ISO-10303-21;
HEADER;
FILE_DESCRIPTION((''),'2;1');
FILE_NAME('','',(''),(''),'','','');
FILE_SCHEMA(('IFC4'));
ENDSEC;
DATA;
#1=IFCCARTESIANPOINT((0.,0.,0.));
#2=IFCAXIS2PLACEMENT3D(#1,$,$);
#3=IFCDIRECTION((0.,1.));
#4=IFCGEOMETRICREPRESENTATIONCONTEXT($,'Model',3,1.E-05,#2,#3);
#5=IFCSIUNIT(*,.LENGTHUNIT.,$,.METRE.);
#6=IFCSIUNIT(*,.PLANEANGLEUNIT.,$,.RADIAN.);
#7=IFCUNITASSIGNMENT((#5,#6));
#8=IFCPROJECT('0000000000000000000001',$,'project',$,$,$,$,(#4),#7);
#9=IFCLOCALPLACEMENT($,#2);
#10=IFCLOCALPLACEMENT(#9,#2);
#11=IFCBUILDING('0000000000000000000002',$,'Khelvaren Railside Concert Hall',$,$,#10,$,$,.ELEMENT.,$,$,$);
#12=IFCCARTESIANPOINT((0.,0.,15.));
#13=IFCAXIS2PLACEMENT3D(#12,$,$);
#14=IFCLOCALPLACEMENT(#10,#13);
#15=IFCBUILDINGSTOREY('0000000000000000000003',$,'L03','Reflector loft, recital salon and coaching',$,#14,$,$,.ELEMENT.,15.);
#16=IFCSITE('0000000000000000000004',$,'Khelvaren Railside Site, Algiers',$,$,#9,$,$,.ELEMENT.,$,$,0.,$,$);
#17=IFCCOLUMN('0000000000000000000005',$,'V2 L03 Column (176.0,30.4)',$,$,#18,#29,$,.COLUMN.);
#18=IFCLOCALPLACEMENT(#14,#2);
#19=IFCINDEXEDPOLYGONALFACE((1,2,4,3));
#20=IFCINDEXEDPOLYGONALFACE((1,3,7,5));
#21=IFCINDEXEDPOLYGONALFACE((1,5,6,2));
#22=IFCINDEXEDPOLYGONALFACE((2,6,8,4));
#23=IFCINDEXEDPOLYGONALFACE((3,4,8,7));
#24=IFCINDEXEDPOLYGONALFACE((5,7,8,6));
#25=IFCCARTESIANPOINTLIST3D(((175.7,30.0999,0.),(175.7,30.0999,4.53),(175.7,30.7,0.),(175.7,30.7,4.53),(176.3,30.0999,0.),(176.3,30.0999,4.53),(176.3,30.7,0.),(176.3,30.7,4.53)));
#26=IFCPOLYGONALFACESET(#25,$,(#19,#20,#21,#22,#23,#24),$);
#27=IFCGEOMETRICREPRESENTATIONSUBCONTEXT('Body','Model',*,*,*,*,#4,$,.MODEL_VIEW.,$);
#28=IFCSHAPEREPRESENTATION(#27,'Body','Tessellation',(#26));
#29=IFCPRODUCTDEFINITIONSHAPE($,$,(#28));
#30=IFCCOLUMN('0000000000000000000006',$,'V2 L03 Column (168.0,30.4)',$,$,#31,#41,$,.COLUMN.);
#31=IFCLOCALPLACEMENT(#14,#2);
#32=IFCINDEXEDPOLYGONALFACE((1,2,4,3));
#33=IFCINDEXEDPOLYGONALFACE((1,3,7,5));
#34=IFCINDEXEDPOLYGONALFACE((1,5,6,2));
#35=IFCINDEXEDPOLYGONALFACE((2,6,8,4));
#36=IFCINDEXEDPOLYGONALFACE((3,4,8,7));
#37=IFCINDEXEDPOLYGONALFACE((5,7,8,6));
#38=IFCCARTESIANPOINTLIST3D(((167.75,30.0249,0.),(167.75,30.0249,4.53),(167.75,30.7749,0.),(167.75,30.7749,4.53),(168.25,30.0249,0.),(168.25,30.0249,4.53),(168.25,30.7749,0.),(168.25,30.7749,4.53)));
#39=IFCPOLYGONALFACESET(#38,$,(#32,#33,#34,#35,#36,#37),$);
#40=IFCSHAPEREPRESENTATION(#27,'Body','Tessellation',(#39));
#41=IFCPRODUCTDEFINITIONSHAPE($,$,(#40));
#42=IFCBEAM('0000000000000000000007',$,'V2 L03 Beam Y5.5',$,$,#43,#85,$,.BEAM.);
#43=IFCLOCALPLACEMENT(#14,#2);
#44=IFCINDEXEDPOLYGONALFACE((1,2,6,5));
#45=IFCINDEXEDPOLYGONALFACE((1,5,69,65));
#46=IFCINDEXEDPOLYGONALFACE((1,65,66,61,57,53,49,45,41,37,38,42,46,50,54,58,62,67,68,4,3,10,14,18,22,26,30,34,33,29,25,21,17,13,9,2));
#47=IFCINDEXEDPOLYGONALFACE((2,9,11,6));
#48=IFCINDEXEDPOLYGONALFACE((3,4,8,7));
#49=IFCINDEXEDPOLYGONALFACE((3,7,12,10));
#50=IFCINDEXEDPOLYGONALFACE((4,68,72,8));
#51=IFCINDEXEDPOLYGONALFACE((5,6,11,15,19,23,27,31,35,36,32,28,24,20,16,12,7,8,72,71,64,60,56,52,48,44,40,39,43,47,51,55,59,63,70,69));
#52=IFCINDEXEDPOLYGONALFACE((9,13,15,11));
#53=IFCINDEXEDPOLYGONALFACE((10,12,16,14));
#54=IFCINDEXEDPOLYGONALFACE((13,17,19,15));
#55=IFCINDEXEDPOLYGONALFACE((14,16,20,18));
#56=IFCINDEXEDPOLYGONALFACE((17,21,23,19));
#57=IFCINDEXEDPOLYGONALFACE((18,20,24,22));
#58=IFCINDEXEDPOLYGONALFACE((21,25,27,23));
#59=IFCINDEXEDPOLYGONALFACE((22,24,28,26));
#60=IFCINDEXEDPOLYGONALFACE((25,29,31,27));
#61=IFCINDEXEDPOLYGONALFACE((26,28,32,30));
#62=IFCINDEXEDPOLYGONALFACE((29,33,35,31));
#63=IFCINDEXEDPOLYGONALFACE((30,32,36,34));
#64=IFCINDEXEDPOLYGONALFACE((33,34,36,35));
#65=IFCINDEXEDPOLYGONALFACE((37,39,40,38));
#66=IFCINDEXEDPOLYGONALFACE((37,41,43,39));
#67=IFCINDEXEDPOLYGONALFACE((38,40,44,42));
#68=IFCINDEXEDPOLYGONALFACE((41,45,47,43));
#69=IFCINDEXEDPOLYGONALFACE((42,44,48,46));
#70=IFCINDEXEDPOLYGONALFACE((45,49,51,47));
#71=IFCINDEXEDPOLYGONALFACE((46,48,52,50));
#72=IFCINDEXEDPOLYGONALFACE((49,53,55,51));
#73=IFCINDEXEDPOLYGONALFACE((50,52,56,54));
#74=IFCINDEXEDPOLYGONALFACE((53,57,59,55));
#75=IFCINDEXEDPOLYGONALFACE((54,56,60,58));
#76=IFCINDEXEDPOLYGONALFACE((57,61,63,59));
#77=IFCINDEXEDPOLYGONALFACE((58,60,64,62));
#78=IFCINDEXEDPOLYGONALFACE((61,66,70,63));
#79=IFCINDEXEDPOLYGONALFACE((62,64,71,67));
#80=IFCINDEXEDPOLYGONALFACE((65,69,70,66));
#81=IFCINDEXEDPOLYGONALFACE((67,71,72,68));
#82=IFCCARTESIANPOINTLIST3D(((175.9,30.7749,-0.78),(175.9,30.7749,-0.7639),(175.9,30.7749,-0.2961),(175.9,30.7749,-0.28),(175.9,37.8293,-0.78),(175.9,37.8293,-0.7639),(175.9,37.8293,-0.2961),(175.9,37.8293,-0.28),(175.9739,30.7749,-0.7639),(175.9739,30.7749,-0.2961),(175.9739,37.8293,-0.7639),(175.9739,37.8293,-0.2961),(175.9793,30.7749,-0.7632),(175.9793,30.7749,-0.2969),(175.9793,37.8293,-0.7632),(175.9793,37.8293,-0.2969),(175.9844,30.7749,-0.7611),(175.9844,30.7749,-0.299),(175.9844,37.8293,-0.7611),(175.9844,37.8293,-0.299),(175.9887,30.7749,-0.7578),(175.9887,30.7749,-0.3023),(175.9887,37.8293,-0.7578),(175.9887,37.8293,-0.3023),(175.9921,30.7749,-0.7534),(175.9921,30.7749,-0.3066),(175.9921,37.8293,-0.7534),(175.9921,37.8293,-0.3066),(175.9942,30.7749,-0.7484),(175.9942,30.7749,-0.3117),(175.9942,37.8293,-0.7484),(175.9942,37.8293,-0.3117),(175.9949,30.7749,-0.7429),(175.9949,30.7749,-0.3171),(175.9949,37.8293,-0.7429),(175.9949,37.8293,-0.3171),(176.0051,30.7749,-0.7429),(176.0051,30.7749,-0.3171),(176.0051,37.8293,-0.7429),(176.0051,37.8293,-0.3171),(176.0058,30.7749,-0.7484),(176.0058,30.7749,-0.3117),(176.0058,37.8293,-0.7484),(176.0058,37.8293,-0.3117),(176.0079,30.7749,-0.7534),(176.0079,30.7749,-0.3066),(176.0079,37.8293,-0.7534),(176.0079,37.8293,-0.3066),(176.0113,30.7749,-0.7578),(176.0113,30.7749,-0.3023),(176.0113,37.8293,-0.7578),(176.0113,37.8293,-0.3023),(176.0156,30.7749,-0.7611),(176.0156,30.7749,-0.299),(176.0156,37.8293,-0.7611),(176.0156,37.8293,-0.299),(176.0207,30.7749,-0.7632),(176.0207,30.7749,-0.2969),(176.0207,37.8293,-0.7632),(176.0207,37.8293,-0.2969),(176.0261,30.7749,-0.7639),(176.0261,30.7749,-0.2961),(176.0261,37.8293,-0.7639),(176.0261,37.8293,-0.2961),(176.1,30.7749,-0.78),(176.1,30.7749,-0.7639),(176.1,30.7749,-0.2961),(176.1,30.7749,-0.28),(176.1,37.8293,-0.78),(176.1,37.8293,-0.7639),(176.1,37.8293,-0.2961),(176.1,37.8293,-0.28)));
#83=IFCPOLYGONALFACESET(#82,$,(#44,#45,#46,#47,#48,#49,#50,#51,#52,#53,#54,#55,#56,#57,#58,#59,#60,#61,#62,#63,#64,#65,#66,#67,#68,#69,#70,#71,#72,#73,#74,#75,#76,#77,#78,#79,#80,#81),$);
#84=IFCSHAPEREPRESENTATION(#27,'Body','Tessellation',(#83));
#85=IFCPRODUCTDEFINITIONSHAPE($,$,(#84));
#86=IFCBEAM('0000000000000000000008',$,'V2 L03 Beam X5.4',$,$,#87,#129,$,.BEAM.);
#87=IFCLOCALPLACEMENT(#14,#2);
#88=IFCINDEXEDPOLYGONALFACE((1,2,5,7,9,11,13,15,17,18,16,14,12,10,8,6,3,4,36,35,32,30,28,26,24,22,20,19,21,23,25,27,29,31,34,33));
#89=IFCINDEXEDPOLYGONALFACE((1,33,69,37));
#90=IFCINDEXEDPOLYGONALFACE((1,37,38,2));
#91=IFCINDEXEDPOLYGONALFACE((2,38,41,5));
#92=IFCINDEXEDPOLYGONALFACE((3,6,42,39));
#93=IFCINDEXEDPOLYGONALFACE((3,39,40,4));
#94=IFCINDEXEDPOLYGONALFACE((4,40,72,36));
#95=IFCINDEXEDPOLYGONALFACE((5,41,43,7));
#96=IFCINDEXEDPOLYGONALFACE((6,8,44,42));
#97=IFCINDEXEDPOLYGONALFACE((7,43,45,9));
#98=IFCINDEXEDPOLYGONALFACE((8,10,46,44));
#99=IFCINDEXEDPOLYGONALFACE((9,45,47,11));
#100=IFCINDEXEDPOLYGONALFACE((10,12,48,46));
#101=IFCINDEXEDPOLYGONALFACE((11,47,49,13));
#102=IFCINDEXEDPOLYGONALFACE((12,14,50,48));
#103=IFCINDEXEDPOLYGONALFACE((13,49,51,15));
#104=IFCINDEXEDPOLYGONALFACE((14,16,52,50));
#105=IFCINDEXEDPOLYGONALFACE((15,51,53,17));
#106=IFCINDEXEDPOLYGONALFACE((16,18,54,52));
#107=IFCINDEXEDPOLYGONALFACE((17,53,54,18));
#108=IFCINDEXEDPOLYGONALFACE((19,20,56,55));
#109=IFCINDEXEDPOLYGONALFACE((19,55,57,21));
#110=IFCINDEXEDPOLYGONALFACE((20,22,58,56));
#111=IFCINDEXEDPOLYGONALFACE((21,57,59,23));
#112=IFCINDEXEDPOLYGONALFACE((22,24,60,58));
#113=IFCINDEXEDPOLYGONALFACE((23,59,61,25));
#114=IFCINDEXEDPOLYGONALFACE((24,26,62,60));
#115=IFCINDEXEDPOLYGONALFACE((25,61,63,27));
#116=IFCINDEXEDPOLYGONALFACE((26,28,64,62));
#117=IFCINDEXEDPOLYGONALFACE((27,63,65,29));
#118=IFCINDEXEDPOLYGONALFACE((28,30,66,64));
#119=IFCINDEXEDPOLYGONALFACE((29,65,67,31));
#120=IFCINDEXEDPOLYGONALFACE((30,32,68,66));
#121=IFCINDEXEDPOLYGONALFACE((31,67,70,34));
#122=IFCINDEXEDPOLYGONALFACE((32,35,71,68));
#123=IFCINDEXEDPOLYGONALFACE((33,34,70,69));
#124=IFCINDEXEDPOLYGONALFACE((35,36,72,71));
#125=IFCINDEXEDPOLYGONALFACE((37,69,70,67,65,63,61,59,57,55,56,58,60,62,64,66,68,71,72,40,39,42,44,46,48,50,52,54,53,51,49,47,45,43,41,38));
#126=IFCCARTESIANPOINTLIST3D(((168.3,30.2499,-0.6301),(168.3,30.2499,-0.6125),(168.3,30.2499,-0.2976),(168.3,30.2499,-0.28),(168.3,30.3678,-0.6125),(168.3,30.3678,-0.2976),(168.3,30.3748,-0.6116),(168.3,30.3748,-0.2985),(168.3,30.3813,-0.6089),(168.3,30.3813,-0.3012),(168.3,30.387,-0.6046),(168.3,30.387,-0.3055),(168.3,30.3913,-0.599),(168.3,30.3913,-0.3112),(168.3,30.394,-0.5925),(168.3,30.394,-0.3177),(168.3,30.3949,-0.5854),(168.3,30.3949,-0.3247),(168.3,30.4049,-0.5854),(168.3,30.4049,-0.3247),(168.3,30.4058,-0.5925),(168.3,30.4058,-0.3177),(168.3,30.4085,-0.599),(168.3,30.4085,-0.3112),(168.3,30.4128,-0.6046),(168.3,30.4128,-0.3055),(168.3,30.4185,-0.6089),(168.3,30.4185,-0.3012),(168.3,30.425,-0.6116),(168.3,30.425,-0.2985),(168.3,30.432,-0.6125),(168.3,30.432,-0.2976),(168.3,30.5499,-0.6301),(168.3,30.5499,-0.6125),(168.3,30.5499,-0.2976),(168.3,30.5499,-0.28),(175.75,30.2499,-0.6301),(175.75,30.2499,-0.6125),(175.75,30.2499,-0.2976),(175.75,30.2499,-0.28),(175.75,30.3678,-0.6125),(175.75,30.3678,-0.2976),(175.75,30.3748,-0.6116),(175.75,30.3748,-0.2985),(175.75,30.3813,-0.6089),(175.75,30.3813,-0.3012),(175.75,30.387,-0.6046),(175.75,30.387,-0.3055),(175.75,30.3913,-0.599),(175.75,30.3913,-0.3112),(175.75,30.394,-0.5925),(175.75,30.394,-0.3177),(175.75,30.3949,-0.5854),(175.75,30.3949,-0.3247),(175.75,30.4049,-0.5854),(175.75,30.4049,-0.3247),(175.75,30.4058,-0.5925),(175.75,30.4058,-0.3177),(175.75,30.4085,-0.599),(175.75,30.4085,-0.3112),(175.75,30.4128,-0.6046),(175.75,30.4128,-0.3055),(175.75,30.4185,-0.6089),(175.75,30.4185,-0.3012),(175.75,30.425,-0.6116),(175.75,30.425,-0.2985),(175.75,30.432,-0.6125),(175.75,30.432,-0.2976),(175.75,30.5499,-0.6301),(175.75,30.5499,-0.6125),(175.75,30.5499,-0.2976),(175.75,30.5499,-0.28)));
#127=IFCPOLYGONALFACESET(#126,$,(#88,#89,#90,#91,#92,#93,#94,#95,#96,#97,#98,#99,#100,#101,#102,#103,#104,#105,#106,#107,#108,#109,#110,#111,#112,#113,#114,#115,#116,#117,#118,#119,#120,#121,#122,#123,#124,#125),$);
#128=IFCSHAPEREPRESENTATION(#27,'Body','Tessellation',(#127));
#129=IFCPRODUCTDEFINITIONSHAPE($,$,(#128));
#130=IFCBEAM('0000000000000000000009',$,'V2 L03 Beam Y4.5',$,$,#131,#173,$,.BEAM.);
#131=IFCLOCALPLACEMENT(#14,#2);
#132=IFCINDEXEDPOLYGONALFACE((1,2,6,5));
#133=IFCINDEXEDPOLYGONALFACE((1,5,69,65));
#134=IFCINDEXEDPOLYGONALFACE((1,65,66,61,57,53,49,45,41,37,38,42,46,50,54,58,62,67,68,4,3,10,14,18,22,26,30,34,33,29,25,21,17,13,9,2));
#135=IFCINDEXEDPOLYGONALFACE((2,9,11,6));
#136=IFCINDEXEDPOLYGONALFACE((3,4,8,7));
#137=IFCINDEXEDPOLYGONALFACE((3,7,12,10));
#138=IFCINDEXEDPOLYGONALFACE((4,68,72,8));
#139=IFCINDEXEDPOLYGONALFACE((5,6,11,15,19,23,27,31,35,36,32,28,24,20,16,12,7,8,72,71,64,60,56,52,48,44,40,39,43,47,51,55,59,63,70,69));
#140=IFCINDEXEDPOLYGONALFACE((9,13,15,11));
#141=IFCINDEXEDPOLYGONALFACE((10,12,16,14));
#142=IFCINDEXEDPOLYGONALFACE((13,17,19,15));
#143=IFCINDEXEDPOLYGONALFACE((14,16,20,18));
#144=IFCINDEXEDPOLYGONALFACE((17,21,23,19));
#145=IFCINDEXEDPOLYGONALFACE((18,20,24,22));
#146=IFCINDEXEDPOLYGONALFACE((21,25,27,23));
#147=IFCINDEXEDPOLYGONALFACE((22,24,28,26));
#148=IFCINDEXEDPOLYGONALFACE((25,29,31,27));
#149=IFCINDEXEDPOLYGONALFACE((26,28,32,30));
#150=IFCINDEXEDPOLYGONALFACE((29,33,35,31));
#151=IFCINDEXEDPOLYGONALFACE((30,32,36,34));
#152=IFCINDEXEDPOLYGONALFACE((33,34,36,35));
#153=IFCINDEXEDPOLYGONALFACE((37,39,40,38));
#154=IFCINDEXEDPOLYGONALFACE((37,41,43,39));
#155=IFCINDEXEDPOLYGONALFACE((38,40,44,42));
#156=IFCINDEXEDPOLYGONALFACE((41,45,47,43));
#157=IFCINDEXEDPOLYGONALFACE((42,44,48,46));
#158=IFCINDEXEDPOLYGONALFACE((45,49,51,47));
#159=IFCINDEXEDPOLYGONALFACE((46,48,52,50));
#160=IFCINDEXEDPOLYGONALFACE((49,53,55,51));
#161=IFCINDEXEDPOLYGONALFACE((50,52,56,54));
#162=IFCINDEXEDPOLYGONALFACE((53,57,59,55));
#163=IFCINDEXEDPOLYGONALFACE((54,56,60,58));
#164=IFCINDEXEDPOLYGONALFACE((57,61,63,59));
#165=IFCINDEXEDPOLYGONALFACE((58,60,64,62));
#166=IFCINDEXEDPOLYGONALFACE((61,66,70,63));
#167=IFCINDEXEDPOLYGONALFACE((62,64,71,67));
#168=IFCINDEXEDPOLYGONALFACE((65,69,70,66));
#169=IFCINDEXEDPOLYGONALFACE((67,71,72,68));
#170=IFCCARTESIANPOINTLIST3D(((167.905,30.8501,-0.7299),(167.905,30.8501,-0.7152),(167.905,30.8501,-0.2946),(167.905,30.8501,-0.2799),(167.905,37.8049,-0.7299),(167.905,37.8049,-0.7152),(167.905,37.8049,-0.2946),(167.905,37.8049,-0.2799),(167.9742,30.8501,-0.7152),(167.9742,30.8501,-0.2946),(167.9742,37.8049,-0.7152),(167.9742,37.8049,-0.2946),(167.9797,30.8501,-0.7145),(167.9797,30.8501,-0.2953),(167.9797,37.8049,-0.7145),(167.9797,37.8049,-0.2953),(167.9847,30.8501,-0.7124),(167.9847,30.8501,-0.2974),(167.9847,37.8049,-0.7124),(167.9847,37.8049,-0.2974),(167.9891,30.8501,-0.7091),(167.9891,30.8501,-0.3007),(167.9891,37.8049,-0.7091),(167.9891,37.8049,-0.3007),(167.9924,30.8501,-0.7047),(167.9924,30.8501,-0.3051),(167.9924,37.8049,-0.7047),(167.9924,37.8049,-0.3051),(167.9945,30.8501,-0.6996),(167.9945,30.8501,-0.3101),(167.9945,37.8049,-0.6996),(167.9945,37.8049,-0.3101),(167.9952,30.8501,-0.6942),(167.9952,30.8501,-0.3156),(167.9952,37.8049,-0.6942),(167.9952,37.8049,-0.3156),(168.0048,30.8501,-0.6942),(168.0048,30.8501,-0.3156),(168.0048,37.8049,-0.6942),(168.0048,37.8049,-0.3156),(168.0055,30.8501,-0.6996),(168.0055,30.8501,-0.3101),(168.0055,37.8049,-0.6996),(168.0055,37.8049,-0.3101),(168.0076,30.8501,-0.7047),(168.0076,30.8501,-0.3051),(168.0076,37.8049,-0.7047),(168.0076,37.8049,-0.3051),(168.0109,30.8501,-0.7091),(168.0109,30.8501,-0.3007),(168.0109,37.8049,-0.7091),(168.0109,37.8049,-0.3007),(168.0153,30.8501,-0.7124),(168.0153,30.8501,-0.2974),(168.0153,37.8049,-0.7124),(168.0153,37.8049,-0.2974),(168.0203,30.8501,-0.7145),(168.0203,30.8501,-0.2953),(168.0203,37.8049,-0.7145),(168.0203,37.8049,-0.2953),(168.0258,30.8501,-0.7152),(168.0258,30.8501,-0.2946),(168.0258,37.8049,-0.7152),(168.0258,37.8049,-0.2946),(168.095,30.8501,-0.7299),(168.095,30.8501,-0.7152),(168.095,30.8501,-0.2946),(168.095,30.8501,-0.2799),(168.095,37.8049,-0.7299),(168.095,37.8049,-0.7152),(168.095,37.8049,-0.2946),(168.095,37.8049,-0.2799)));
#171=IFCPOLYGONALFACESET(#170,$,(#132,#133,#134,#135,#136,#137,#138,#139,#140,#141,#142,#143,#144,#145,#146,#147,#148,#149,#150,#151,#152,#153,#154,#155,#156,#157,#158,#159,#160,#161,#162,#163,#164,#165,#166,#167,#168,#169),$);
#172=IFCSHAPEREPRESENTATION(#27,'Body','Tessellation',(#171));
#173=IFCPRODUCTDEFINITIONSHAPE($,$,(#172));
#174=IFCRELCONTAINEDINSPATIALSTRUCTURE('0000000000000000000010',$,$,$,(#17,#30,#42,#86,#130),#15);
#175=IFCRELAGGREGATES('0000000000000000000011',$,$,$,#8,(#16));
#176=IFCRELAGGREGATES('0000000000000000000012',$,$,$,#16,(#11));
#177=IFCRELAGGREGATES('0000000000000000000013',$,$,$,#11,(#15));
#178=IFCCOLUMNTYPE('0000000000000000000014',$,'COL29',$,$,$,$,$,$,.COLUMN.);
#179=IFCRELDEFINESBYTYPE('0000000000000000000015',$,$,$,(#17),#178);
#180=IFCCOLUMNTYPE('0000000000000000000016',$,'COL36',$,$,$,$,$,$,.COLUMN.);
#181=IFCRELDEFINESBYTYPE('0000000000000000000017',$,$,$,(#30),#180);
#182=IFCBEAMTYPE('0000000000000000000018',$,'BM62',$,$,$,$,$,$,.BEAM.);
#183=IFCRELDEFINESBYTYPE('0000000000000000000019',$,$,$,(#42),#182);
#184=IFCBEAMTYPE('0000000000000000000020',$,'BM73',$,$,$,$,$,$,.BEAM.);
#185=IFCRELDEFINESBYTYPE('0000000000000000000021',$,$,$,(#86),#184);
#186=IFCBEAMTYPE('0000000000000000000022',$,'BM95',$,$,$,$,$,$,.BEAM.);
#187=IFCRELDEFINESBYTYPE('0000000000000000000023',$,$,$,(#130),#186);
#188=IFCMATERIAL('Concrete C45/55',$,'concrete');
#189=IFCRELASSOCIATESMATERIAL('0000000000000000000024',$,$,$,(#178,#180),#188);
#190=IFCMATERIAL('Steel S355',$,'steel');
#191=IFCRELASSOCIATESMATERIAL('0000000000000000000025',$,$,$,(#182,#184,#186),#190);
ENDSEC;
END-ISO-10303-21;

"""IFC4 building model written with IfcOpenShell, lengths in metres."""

from ifc_helpers import new_model, si_unit, direction, frame, origin, origin_2d, place, context, subcontext, project, spatial, rectangle, i_section, extrude, material, material_profile, profile_set, type_object, element, save


model = new_model("IFC4")

# Units and contexts
model_context = context("Model", 3, precision=1e-05, world=origin(), true_north=direction((0.0, 1.0)))
body_context = subcontext(model_context, "Body", "Model", "MODEL_VIEW")
ifc_project = project(units=[si_unit("LENGTHUNIT", "METRE"), si_unit("PLANEANGLEUNIT", "RADIAN")], contexts=[model_context])

# Site, building, storey
site_placement = place(None, origin())
site = spatial("IfcSite", under=ifc_project, at=site_placement, Name="Khelvaren Railside Site, Algiers", CompositionType="ELEMENT", RefElevation=0.0)
building_placement = place(site_placement, origin())
building = spatial("IfcBuilding", under=site, at=building_placement, Name="Khelvaren Railside Concert Hall", CompositionType="ELEMENT")
storey_placement = place(building_placement, frame((0.0, 0.0, 15.0)))
storey = spatial("IfcBuildingStorey", under=building, at=storey_placement, Name="L03", Description="Reflector loft, recital salon and coaching", CompositionType="ELEMENT", Elevation=15.0)

# Columns
ifc_material_1 = material(Name="Concrete C45/55", Category="concrete")
ifc_material_profile_1 = material_profile(ifc_material_1, rectangle(XDim=0.6001, YDim=0.6001, at=origin_2d()), Name="RC 600x600")
ifc_profile_set_1 = profile_set([ifc_material_profile_1], Name="Concrete C45/55")
column_type_1 = type_object("IfcColumnType", Name="COL29", PredefinedType="COLUMN", material=ifc_profile_set_1)
column_1_placement = place(storey_placement, frame((176.0, 30.3999, 0.0), z_axis=(0.0, 0.0, 1.0), x_axis=(1.0, 0.0, 0.0)))
element("IfcColumn", 1, at=column_1_placement, inside=storey, type_object=column_type_1, Name="V2 L03 Column (176.0,30.4)", PredefinedType="COLUMN", context=body_context, shape_type="SweptSolid", body=[
    extrude(rectangle(XDim=0.6001, YDim=0.6001, at=origin_2d()), origin(), (0.0, 0.0, 1.0), 4.53),
])
ifc_material_profile_2 = material_profile(ifc_material_1, rectangle(XDim=0.5, YDim=0.75, at=origin_2d()), Name="RC 500x750")
ifc_profile_set_2 = profile_set([ifc_material_profile_2], Name="Concrete C45/55")
column_type_2 = type_object("IfcColumnType", Name="COL36", PredefinedType="COLUMN", material=ifc_profile_set_2)
column_2_placement = place(storey_placement, frame((168.0, 30.3999, 0.0), z_axis=(0.0, 0.0, 1.0), x_axis=(1.0, 0.0, 0.0)))
element("IfcColumn", 2, at=column_2_placement, inside=storey, type_object=column_type_2, Name="V2 L03 Column (168.0,30.4)", PredefinedType="COLUMN", context=body_context, shape_type="SweptSolid", body=[
    extrude(rectangle(XDim=0.5, YDim=0.75, at=origin_2d()), origin(), (0.0, 0.0, 1.0), 4.53),
])

# Beams
ifc_material_2 = material(Name="Steel S355", Category="steel")
ifc_material_profile_3 = material_profile(ifc_material_2, i_section(OverallWidth=0.2, OverallDepth=0.5, WebThickness=0.0103, FlangeThickness=0.0161, FilletRadius=0.021, at=origin_2d()), Name="IPE 500")
ifc_profile_set_3 = profile_set([ifc_material_profile_3], Name="Steel S355")
beam_type_1 = type_object("IfcBeamType", Name="BM62", PredefinedType="BEAM", material=ifc_profile_set_3)
beam_1_placement = place(storey_placement, frame((176.0, 30.7749, -0.53), z_axis=(0.0, 1.0, 0.0), x_axis=(-1.0, 0.0, 0.0)))
element("IfcBeam", 3, at=beam_1_placement, inside=storey, type_object=beam_type_1, Name="V2 L03 Beam Y5.5", PredefinedType="BEAM", context=body_context, shape_type="SweptSolid", body=[
    extrude(i_section(OverallWidth=0.2, OverallDepth=0.5, WebThickness=0.0103, FlangeThickness=0.0161, FilletRadius=0.021, at=origin_2d()), origin(), (0.0, 0.0, 1.0), 7.0544),
])
ifc_material_profile_4 = material_profile(ifc_material_2, i_section(OverallWidth=0.3, OverallDepth=0.3501, WebThickness=0.01, FlangeThickness=0.0176, FilletRadius=0.0271, at=origin_2d()), Name="HEA 360")
ifc_profile_set_4 = profile_set([ifc_material_profile_4], Name="Steel S355")
beam_type_2 = type_object("IfcBeamType", Name="BM73", PredefinedType="BEAM", material=ifc_profile_set_4)
beam_2_placement = place(storey_placement, frame((168.3, 30.3999, -0.4551), z_axis=(1.0, 0.0, 0.0), x_axis=(0.0, 1.0, 0.0)))
element("IfcBeam", 4, at=beam_2_placement, inside=storey, type_object=beam_type_2, Name="V2 L03 Beam X5.4", PredefinedType="BEAM", context=body_context, shape_type="SweptSolid", body=[
    extrude(i_section(OverallWidth=0.3, OverallDepth=0.3501, WebThickness=0.01, FlangeThickness=0.0176, FilletRadius=0.0271, at=origin_2d()), origin(), (0.0, 0.0, 1.0), 7.45),
])
ifc_material_profile_5 = material_profile(ifc_material_2, i_section(OverallWidth=0.1899, OverallDepth=0.45, WebThickness=0.0095, FlangeThickness=0.0146, FilletRadius=0.021, at=origin_2d()), Name="IPE 450")
ifc_profile_set_5 = profile_set([ifc_material_profile_5], Name="Steel S355")
beam_type_3 = type_object("IfcBeamType", Name="BM95", PredefinedType="BEAM", material=ifc_profile_set_5)
beam_3_placement = place(storey_placement, frame((168.0, 30.8501, -0.5049), z_axis=(0.0, 1.0, 0.0), x_axis=(-1.0, 0.0, 0.0)))
element("IfcBeam", 5, at=beam_3_placement, inside=storey, type_object=beam_type_3, Name="V2 L03 Beam Y4.5", PredefinedType="BEAM", context=body_context, shape_type="SweptSolid", body=[
    extrude(i_section(OverallWidth=0.1899, OverallDepth=0.45, WebThickness=0.0095, FlangeThickness=0.0146, FilletRadius=0.021, at=origin_2d()), origin(), (0.0, 0.0, 1.0), 6.9548),
])

save(model, "model.ifc")
